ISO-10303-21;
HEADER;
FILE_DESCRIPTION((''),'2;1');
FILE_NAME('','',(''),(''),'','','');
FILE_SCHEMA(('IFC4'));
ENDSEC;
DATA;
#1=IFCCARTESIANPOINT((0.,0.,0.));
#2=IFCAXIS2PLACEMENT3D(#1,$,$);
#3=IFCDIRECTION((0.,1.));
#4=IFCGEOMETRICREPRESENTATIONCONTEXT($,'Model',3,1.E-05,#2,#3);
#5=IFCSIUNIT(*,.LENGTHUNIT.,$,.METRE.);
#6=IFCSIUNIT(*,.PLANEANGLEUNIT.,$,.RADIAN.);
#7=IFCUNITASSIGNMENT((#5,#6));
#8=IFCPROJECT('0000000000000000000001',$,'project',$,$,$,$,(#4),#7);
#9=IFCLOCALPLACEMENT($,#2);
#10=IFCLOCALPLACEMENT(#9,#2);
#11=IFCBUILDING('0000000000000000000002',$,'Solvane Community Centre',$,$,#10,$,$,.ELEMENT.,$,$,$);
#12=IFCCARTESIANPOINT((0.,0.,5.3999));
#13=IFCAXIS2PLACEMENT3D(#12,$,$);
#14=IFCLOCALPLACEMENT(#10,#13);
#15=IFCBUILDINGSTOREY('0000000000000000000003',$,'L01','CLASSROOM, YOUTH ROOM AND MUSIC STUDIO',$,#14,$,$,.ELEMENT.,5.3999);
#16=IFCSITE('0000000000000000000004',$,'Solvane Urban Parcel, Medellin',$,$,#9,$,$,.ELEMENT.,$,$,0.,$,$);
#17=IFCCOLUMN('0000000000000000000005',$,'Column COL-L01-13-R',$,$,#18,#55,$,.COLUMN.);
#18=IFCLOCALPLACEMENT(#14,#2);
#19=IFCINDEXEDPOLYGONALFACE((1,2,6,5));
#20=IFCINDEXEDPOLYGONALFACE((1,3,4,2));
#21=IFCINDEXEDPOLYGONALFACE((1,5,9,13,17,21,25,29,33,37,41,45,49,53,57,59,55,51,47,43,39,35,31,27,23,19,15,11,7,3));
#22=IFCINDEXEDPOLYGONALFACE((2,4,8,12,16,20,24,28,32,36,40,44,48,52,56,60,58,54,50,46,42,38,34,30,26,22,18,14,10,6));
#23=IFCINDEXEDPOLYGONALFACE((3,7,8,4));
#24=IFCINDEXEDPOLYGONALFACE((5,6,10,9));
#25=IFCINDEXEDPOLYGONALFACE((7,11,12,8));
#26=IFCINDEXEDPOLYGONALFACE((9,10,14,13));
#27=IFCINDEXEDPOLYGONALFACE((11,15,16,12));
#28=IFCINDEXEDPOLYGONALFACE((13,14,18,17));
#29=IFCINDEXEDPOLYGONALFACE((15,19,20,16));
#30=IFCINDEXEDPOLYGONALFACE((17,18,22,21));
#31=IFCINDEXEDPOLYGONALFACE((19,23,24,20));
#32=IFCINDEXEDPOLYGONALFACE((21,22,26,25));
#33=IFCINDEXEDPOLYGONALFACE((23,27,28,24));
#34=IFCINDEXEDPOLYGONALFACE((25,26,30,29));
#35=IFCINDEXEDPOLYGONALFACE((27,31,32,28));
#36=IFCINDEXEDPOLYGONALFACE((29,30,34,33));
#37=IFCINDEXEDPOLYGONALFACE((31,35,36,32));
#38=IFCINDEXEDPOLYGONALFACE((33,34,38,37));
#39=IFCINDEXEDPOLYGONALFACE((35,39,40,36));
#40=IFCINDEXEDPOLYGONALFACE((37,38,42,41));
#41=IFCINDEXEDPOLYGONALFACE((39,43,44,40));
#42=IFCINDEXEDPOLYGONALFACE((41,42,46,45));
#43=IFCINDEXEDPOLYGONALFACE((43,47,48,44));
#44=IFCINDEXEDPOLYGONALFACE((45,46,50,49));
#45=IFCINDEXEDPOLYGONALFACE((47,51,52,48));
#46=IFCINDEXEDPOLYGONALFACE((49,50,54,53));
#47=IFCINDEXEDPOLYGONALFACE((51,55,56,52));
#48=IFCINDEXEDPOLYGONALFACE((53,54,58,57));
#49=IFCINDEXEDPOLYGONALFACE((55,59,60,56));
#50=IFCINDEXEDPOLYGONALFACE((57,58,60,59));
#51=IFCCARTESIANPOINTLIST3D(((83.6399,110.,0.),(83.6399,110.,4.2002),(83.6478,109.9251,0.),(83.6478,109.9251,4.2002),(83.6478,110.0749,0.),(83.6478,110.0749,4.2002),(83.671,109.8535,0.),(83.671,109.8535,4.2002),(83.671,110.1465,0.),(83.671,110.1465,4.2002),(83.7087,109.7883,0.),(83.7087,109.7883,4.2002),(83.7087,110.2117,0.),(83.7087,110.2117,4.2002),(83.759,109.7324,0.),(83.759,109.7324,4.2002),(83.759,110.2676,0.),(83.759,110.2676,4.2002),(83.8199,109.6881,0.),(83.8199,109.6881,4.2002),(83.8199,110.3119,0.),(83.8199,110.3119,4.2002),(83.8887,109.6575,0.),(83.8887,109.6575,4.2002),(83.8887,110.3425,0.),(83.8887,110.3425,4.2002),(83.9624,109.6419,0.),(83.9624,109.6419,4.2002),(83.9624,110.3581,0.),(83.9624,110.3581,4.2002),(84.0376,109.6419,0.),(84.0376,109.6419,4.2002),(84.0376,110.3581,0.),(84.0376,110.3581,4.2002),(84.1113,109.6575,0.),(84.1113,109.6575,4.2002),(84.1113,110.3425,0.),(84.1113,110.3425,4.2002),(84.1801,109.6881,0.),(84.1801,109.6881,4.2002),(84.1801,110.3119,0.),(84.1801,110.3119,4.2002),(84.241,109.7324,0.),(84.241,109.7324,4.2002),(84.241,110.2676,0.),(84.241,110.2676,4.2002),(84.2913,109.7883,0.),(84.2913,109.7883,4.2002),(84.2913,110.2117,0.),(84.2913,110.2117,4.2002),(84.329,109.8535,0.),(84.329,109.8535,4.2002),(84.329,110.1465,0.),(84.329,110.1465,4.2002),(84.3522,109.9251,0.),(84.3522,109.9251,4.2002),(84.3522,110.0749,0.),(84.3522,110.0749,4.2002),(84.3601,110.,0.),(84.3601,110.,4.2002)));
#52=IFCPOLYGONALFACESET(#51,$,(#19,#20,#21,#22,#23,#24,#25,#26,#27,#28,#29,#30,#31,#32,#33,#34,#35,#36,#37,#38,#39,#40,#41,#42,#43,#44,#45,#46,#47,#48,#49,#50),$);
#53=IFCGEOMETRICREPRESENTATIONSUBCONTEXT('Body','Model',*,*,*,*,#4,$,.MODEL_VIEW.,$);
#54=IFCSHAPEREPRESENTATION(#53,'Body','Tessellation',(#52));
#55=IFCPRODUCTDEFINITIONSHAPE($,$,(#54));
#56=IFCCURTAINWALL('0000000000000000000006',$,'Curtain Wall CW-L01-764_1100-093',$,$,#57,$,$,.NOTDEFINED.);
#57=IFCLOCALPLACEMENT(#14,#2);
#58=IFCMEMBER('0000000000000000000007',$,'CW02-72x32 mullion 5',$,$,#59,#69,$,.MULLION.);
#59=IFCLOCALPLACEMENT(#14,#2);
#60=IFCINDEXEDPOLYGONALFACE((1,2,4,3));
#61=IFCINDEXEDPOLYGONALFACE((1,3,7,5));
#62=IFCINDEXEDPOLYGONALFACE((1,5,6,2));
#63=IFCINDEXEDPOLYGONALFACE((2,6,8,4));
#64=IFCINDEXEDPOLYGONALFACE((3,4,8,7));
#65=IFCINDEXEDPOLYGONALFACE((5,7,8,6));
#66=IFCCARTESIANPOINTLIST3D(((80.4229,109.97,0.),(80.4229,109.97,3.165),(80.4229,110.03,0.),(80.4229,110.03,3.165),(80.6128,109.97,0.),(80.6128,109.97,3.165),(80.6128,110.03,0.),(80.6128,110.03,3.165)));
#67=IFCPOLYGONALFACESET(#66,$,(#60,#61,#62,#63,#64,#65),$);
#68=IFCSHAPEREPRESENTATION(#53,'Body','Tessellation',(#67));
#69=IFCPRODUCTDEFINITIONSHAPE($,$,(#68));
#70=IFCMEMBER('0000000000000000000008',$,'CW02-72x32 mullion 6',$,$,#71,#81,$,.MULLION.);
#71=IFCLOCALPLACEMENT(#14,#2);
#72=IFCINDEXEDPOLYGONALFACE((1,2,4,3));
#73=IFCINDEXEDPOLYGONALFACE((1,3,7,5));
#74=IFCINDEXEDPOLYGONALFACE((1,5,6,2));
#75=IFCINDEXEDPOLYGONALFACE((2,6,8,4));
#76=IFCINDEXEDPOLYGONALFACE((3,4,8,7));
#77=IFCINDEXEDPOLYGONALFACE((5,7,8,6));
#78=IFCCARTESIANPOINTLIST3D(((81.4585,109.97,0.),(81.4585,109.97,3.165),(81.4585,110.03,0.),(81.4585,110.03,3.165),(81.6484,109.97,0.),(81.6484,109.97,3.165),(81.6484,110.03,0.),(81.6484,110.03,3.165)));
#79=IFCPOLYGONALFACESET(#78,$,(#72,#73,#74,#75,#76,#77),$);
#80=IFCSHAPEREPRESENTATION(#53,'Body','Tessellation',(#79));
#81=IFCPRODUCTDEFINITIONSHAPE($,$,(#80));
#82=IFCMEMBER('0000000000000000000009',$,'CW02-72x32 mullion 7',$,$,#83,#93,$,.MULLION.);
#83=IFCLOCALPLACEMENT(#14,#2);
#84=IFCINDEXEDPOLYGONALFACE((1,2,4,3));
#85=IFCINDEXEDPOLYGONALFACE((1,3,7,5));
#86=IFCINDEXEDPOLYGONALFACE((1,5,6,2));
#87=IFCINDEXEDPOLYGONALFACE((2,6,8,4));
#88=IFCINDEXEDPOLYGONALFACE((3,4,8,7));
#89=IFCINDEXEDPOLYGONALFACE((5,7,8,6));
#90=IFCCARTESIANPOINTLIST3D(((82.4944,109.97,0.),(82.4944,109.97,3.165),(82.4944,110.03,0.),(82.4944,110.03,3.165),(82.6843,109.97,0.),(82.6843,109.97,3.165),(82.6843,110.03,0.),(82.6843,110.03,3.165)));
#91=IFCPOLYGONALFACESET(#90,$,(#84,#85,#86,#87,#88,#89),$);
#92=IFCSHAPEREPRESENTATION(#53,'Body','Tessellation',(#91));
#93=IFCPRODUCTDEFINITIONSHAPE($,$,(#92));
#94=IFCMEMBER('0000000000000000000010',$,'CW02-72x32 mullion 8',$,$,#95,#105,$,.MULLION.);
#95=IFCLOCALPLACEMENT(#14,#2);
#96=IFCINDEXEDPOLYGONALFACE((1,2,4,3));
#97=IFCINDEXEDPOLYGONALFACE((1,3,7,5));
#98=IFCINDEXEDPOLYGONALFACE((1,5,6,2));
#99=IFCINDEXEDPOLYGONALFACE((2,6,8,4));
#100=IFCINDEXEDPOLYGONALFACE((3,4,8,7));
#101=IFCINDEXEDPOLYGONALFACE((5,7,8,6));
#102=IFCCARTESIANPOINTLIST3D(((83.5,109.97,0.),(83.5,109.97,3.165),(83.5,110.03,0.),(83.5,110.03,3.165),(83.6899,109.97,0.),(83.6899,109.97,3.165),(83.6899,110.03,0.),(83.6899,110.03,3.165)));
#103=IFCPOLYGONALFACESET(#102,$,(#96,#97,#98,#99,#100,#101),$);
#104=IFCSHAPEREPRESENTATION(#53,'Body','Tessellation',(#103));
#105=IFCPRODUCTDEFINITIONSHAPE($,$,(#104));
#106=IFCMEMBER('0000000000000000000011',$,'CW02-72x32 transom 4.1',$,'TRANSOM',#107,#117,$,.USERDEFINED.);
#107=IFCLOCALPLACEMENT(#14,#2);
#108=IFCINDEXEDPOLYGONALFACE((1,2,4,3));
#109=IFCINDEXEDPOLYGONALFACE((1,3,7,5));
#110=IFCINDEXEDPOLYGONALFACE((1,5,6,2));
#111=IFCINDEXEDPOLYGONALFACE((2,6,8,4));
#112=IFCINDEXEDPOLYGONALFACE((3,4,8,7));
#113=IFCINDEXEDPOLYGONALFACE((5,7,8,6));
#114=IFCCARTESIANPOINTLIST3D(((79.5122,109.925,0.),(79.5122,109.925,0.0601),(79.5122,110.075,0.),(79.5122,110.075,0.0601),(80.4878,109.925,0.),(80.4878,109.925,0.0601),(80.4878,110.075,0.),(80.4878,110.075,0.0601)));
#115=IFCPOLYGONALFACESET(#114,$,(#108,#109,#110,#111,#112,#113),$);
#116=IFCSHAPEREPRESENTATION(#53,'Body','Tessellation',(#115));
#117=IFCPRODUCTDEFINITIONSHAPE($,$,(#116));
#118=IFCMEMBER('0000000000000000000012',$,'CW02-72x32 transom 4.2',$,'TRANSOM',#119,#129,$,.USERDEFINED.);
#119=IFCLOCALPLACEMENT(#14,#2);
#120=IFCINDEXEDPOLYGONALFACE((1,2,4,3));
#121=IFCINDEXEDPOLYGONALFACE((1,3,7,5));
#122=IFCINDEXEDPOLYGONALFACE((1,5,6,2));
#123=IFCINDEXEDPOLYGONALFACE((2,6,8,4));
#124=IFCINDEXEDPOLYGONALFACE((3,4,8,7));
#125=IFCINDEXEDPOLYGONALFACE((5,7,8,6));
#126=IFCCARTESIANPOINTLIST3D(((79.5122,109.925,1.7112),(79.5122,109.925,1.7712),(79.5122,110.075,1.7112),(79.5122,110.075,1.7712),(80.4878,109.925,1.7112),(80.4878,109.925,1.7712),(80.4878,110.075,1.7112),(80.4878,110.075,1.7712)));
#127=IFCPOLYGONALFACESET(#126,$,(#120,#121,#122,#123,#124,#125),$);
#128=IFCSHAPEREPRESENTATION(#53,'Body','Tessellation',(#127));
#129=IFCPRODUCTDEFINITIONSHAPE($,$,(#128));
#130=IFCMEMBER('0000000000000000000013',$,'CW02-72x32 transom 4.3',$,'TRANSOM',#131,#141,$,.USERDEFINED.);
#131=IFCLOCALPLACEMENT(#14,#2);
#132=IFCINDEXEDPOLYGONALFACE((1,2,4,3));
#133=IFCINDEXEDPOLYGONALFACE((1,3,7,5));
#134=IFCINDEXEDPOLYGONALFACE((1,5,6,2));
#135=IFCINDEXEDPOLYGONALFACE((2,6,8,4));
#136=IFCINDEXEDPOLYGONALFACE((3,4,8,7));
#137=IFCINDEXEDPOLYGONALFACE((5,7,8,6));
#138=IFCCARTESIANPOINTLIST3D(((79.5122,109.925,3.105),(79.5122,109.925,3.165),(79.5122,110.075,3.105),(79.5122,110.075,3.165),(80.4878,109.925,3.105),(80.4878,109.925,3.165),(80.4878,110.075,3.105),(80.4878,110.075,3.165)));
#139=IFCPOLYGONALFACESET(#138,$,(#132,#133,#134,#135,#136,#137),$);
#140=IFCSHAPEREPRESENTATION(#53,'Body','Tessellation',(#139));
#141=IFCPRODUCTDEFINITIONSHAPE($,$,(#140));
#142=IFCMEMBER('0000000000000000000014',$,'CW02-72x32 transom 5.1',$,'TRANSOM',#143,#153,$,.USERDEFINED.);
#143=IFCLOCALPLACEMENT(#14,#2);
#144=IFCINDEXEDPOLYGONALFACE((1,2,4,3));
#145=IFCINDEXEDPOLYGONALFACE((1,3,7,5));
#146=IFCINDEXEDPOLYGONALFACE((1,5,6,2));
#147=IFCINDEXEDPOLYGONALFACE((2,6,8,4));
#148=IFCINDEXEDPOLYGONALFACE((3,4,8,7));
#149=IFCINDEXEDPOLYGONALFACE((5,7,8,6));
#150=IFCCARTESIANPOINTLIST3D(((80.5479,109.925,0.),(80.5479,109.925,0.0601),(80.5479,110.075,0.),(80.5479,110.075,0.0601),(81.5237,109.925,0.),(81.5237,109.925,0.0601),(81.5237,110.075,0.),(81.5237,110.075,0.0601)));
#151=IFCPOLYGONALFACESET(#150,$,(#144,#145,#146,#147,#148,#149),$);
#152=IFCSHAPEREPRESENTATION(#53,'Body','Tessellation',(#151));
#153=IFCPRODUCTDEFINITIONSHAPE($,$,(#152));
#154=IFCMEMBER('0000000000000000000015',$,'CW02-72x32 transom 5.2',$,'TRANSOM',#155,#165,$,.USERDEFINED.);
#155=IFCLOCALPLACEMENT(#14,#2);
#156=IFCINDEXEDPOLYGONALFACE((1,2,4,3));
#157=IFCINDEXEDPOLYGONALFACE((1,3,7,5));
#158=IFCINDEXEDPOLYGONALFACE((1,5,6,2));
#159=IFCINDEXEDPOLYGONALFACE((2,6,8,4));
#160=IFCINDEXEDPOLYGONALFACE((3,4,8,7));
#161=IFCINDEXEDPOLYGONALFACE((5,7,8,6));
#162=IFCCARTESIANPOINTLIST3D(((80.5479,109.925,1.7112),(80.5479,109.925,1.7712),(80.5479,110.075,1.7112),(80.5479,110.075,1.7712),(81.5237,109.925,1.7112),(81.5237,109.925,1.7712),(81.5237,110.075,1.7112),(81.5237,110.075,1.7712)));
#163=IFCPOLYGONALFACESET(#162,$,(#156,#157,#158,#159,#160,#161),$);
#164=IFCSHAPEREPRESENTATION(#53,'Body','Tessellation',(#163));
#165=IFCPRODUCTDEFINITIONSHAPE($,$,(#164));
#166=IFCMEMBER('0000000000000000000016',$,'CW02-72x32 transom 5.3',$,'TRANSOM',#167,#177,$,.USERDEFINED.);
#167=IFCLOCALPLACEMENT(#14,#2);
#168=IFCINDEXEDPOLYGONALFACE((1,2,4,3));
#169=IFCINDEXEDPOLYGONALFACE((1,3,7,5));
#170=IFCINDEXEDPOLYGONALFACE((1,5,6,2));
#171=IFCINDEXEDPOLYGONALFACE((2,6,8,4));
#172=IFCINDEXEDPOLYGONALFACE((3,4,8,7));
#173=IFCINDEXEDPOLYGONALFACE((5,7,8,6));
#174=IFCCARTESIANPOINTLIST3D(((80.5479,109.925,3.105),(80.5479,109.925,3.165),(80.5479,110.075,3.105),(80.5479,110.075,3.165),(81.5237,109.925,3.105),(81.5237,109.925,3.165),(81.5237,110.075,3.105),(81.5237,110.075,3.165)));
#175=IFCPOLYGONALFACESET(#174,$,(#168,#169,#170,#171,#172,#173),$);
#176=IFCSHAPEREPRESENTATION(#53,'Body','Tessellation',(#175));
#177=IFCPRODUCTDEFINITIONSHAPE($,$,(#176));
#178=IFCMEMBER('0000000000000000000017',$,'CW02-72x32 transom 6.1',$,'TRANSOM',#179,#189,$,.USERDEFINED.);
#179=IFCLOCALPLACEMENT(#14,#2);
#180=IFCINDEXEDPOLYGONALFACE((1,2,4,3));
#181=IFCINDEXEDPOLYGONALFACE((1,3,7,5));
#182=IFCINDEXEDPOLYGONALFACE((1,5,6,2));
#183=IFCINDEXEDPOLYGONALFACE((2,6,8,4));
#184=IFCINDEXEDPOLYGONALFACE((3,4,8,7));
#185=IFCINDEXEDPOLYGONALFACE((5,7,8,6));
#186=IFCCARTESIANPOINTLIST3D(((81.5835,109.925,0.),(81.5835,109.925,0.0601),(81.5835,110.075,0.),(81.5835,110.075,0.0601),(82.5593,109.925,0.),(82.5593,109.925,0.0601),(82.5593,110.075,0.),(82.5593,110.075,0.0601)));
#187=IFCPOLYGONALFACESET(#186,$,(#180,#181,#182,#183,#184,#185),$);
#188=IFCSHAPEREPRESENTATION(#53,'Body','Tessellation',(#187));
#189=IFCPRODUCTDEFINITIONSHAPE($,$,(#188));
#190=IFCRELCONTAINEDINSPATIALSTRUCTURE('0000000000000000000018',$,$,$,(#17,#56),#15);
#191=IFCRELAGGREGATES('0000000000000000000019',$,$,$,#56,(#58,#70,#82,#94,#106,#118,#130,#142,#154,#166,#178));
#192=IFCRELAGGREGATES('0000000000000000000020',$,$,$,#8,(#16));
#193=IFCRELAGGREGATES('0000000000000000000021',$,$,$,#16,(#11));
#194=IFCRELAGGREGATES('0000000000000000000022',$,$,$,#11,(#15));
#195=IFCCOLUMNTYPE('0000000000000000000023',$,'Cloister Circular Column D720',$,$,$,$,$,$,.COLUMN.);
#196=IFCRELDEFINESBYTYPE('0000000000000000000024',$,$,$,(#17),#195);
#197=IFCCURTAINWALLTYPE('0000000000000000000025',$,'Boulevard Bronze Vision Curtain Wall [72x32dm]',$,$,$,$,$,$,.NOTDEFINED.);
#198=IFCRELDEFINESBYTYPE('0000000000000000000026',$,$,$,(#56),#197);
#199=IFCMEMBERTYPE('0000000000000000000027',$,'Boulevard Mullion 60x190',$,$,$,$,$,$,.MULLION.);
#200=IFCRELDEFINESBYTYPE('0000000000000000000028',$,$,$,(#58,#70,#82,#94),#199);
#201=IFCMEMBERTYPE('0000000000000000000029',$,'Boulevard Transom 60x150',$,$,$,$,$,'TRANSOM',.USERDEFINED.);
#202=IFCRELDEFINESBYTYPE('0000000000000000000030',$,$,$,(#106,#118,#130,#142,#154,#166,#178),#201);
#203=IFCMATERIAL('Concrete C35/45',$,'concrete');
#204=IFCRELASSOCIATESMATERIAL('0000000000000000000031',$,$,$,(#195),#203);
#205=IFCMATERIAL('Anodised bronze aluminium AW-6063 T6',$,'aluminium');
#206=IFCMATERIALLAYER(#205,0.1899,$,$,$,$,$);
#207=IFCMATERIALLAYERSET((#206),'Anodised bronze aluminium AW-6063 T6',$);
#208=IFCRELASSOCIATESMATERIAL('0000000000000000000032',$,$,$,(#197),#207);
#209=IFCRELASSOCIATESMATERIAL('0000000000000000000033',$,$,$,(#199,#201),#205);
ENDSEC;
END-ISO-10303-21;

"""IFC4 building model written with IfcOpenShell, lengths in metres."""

from ifc_helpers import new_model, si_unit, direction, frame, origin, origin_2d, place, context, subcontext, project, spatial, rectangle, circle, extrude, material, layer, layer_set, material_profile, profile_set, type_object, element, aggregate, save


model = new_model("IFC4")

# Units and contexts
model_context = context("Model", 3, precision=1e-05, world=origin(), true_north=direction((0.0, 1.0)))
body_context = subcontext(model_context, "Body", "Model", "MODEL_VIEW")
ifc_project = project(units=[si_unit("LENGTHUNIT", "METRE"), si_unit("PLANEANGLEUNIT", "RADIAN")], contexts=[model_context])

# Site, building, storey
site_placement = place(None, origin())
site = spatial("IfcSite", under=ifc_project, at=site_placement, Name="Solvane Urban Parcel, Medellin", CompositionType="ELEMENT", RefElevation=0.0)
building_placement = place(site_placement, origin())
building = spatial("IfcBuilding", under=site, at=building_placement, Name="Solvane Community Centre", CompositionType="ELEMENT")
storey_placement = place(building_placement, frame((0.0, 0.0, 5.3999)))
storey = spatial("IfcBuildingStorey", under=building, at=storey_placement, Name="L01", Description="CLASSROOM, YOUTH ROOM AND MUSIC STUDIO", CompositionType="ELEMENT", Elevation=5.3999)

# Column
ifc_material_1 = material(Name="Concrete C35/45", Category="concrete")
ifc_material_profile_1 = material_profile(ifc_material_1, circle(Radius=0.3601, at=origin_2d()), Name="RC D720")
ifc_profile_set_1 = profile_set([ifc_material_profile_1], Name="Concrete C35/45")
column_type = type_object("IfcColumnType", Name="Cloister Circular Column D720", PredefinedType="COLUMN", material=ifc_profile_set_1)
column_placement = place(storey_placement, frame((84.0, 110.0, 0.0), z_axis=(0.0, 0.0, 1.0), x_axis=(1.0, 0.0, 0.0)))
element("IfcColumn", 1, at=column_placement, inside=storey, type_object=column_type, Name="Column COL-L01-13-R", PredefinedType="COLUMN", context=body_context, shape_type="SweptSolid", body=[
    extrude(circle(Radius=0.3601, at=origin_2d()), origin(), (0.0, 0.0, 1.0), 4.2002),
])

# Curtain wall, members
ifc_material_2 = material(Name="Anodised bronze aluminium AW-6063 T6", Category="aluminium")
ifc_layer_1 = layer(ifc_material_2, 0.1899)
ifc_layer_set_1 = layer_set([ifc_layer_1], Name="Anodised bronze aluminium AW-6063 T6")
curtain_wall_type = type_object("IfcCurtainWallType", Name="Boulevard Bronze Vision Curtain Wall [72x32dm]", PredefinedType="NOTDEFINED", material=ifc_layer_set_1)
curtain_wall_placement = place(storey_placement, origin())
curtain_wall = element("IfcCurtainWall", 2, at=curtain_wall_placement, inside=storey, type_object=curtain_wall_type, Name="Curtain Wall CW-L01-764_1100-093", PredefinedType="NOTDEFINED")
ifc_material_profile_2 = material_profile(ifc_material_2, rectangle(XDim=0.0601, YDim=0.1899, at=origin_2d()), Name="CW-M 60x190")
ifc_profile_set_2 = profile_set([ifc_material_profile_2], Name="Anodised bronze aluminium AW-6063 T6")
member_type_1 = type_object("IfcMemberType", Name="Boulevard Mullion 60x190", PredefinedType="MULLION", material=ifc_profile_set_2)
member_1_placement = place(storey_placement, frame((80.5178, 110.0, 0.0), z_axis=(0.0, 0.0, 1.0), x_axis=(0.0, 1.0, 0.0)))
member_1 = element("IfcMember", 3, at=member_1_placement, type_object=member_type_1, Name="CW02-72x32 mullion 5", PredefinedType="MULLION", context=body_context, shape_type="SweptSolid", body=[
    extrude(rectangle(XDim=0.0601, YDim=0.1899, at=origin_2d()), origin(), (0.0, 0.0, 1.0), 3.165),
])
member_2_placement = place(storey_placement, frame((81.5535, 110.0, 0.0), z_axis=(0.0, 0.0, 1.0), x_axis=(0.0, 1.0, 0.0)))
member_2 = element("IfcMember", 4, at=member_2_placement, type_object=member_type_1, Name="CW02-72x32 mullion 6", PredefinedType="MULLION", context=body_context, shape_type="SweptSolid", body=[
    extrude(rectangle(XDim=0.0601, YDim=0.1899, at=origin_2d()), origin(), (0.0, 0.0, 1.0), 3.165),
])
member_3_placement = place(storey_placement, frame((82.5894, 110.0, 0.0), z_axis=(0.0, 0.0, 1.0), x_axis=(0.0, 1.0, 0.0)))
member_3 = element("IfcMember", 5, at=member_3_placement, type_object=member_type_1, Name="CW02-72x32 mullion 7", PredefinedType="MULLION", context=body_context, shape_type="SweptSolid", body=[
    extrude(rectangle(XDim=0.0601, YDim=0.1899, at=origin_2d()), origin(), (0.0, 0.0, 1.0), 3.165),
])
member_4_placement = place(storey_placement, frame((83.595, 110.0, 0.0), z_axis=(0.0, 0.0, 1.0), x_axis=(0.0, 1.0, 0.0)))
member_4 = element("IfcMember", 6, at=member_4_placement, type_object=member_type_1, Name="CW02-72x32 mullion 8", PredefinedType="MULLION", context=body_context, shape_type="SweptSolid", body=[
    extrude(rectangle(XDim=0.0601, YDim=0.1899, at=origin_2d()), origin(), (0.0, 0.0, 1.0), 3.165),
])
ifc_material_profile_3 = material_profile(ifc_material_2, rectangle(XDim=0.1499, YDim=0.0601, at=origin_2d()), Name="CW-T 60x150")
ifc_profile_set_3 = profile_set([ifc_material_profile_3], Name="Anodised bronze aluminium AW-6063 T6")
member_type_2 = type_object("IfcMemberType", Name="Boulevard Transom 60x150", ElementType="TRANSOM", PredefinedType="USERDEFINED", material=ifc_profile_set_3)
member_5_placement = place(storey_placement, frame((79.5122, 110.0, 0.03), z_axis=(1.0, 0.0, 0.0), x_axis=(0.0, 1.0, 0.0)))
member_5 = element("IfcMember", 7, at=member_5_placement, type_object=member_type_2, Name="CW02-72x32 transom 4.1", ObjectType="TRANSOM", PredefinedType="USERDEFINED", context=body_context, shape_type="SweptSolid", body=[
    extrude(rectangle(XDim=0.1499, YDim=0.0601, at=origin_2d()), origin(), (0.0, 0.0, 1.0), 0.9756),
])
member_6_placement = place(storey_placement, frame((79.5122, 110.0, 1.7412), z_axis=(1.0, 0.0, 0.0), x_axis=(0.0, 1.0, 0.0)))
member_6 = element("IfcMember", 8, at=member_6_placement, type_object=member_type_2, Name="CW02-72x32 transom 4.2", ObjectType="TRANSOM", PredefinedType="USERDEFINED", context=body_context, shape_type="SweptSolid", body=[
    extrude(rectangle(XDim=0.1499, YDim=0.0601, at=origin_2d()), origin(), (0.0, 0.0, 1.0), 0.9756),
])
member_7_placement = place(storey_placement, frame((79.5122, 110.0, 3.135), z_axis=(1.0, 0.0, 0.0), x_axis=(0.0, 1.0, 0.0)))
member_7 = element("IfcMember", 9, at=member_7_placement, type_object=member_type_2, Name="CW02-72x32 transom 4.3", ObjectType="TRANSOM", PredefinedType="USERDEFINED", context=body_context, shape_type="SweptSolid", body=[
    extrude(rectangle(XDim=0.1499, YDim=0.0601, at=origin_2d()), origin(), (0.0, 0.0, 1.0), 0.9756),
])
member_8_placement = place(storey_placement, frame((80.5479, 110.0, 0.03), z_axis=(1.0, 0.0, 0.0), x_axis=(0.0, 1.0, 0.0)))
member_8 = element("IfcMember", 10, at=member_8_placement, type_object=member_type_2, Name="CW02-72x32 transom 5.1", ObjectType="TRANSOM", PredefinedType="USERDEFINED", context=body_context, shape_type="SweptSolid", body=[
    extrude(rectangle(XDim=0.1499, YDim=0.0601, at=origin_2d()), origin(), (0.0, 0.0, 1.0), 0.9758),
])
member_9_placement = place(storey_placement, frame((80.5479, 110.0, 1.7412), z_axis=(1.0, 0.0, 0.0), x_axis=(0.0, 1.0, 0.0)))
member_9 = element("IfcMember", 11, at=member_9_placement, type_object=member_type_2, Name="CW02-72x32 transom 5.2", ObjectType="TRANSOM", PredefinedType="USERDEFINED", context=body_context, shape_type="SweptSolid", body=[
    extrude(rectangle(XDim=0.1499, YDim=0.0601, at=origin_2d()), origin(), (0.0, 0.0, 1.0), 0.9758),
])
member_10_placement = place(storey_placement, frame((80.5479, 110.0, 3.135), z_axis=(1.0, 0.0, 0.0), x_axis=(0.0, 1.0, 0.0)))
member_10 = element("IfcMember", 12, at=member_10_placement, type_object=member_type_2, Name="CW02-72x32 transom 5.3", ObjectType="TRANSOM", PredefinedType="USERDEFINED", context=body_context, shape_type="SweptSolid", body=[
    extrude(rectangle(XDim=0.1499, YDim=0.0601, at=origin_2d()), origin(), (0.0, 0.0, 1.0), 0.9758),
])
member_11_placement = place(storey_placement, frame((81.5835, 110.0, 0.03), z_axis=(1.0, 0.0, 0.0), x_axis=(0.0, 1.0, 0.0)))
member_11 = element("IfcMember", 13, at=member_11_placement, type_object=member_type_2, Name="CW02-72x32 transom 6.1", ObjectType="TRANSOM", PredefinedType="USERDEFINED", context=body_context, shape_type="SweptSolid", body=[
    extrude(rectangle(XDim=0.1499, YDim=0.0601, at=origin_2d()), origin(), (0.0, 0.0, 1.0), 0.9758),
])
aggregate(curtain_wall, [member_1, member_2, member_3, member_4, member_5, member_6, member_7, member_8, member_9, member_10, member_11])

save(model, "model.ifc")
